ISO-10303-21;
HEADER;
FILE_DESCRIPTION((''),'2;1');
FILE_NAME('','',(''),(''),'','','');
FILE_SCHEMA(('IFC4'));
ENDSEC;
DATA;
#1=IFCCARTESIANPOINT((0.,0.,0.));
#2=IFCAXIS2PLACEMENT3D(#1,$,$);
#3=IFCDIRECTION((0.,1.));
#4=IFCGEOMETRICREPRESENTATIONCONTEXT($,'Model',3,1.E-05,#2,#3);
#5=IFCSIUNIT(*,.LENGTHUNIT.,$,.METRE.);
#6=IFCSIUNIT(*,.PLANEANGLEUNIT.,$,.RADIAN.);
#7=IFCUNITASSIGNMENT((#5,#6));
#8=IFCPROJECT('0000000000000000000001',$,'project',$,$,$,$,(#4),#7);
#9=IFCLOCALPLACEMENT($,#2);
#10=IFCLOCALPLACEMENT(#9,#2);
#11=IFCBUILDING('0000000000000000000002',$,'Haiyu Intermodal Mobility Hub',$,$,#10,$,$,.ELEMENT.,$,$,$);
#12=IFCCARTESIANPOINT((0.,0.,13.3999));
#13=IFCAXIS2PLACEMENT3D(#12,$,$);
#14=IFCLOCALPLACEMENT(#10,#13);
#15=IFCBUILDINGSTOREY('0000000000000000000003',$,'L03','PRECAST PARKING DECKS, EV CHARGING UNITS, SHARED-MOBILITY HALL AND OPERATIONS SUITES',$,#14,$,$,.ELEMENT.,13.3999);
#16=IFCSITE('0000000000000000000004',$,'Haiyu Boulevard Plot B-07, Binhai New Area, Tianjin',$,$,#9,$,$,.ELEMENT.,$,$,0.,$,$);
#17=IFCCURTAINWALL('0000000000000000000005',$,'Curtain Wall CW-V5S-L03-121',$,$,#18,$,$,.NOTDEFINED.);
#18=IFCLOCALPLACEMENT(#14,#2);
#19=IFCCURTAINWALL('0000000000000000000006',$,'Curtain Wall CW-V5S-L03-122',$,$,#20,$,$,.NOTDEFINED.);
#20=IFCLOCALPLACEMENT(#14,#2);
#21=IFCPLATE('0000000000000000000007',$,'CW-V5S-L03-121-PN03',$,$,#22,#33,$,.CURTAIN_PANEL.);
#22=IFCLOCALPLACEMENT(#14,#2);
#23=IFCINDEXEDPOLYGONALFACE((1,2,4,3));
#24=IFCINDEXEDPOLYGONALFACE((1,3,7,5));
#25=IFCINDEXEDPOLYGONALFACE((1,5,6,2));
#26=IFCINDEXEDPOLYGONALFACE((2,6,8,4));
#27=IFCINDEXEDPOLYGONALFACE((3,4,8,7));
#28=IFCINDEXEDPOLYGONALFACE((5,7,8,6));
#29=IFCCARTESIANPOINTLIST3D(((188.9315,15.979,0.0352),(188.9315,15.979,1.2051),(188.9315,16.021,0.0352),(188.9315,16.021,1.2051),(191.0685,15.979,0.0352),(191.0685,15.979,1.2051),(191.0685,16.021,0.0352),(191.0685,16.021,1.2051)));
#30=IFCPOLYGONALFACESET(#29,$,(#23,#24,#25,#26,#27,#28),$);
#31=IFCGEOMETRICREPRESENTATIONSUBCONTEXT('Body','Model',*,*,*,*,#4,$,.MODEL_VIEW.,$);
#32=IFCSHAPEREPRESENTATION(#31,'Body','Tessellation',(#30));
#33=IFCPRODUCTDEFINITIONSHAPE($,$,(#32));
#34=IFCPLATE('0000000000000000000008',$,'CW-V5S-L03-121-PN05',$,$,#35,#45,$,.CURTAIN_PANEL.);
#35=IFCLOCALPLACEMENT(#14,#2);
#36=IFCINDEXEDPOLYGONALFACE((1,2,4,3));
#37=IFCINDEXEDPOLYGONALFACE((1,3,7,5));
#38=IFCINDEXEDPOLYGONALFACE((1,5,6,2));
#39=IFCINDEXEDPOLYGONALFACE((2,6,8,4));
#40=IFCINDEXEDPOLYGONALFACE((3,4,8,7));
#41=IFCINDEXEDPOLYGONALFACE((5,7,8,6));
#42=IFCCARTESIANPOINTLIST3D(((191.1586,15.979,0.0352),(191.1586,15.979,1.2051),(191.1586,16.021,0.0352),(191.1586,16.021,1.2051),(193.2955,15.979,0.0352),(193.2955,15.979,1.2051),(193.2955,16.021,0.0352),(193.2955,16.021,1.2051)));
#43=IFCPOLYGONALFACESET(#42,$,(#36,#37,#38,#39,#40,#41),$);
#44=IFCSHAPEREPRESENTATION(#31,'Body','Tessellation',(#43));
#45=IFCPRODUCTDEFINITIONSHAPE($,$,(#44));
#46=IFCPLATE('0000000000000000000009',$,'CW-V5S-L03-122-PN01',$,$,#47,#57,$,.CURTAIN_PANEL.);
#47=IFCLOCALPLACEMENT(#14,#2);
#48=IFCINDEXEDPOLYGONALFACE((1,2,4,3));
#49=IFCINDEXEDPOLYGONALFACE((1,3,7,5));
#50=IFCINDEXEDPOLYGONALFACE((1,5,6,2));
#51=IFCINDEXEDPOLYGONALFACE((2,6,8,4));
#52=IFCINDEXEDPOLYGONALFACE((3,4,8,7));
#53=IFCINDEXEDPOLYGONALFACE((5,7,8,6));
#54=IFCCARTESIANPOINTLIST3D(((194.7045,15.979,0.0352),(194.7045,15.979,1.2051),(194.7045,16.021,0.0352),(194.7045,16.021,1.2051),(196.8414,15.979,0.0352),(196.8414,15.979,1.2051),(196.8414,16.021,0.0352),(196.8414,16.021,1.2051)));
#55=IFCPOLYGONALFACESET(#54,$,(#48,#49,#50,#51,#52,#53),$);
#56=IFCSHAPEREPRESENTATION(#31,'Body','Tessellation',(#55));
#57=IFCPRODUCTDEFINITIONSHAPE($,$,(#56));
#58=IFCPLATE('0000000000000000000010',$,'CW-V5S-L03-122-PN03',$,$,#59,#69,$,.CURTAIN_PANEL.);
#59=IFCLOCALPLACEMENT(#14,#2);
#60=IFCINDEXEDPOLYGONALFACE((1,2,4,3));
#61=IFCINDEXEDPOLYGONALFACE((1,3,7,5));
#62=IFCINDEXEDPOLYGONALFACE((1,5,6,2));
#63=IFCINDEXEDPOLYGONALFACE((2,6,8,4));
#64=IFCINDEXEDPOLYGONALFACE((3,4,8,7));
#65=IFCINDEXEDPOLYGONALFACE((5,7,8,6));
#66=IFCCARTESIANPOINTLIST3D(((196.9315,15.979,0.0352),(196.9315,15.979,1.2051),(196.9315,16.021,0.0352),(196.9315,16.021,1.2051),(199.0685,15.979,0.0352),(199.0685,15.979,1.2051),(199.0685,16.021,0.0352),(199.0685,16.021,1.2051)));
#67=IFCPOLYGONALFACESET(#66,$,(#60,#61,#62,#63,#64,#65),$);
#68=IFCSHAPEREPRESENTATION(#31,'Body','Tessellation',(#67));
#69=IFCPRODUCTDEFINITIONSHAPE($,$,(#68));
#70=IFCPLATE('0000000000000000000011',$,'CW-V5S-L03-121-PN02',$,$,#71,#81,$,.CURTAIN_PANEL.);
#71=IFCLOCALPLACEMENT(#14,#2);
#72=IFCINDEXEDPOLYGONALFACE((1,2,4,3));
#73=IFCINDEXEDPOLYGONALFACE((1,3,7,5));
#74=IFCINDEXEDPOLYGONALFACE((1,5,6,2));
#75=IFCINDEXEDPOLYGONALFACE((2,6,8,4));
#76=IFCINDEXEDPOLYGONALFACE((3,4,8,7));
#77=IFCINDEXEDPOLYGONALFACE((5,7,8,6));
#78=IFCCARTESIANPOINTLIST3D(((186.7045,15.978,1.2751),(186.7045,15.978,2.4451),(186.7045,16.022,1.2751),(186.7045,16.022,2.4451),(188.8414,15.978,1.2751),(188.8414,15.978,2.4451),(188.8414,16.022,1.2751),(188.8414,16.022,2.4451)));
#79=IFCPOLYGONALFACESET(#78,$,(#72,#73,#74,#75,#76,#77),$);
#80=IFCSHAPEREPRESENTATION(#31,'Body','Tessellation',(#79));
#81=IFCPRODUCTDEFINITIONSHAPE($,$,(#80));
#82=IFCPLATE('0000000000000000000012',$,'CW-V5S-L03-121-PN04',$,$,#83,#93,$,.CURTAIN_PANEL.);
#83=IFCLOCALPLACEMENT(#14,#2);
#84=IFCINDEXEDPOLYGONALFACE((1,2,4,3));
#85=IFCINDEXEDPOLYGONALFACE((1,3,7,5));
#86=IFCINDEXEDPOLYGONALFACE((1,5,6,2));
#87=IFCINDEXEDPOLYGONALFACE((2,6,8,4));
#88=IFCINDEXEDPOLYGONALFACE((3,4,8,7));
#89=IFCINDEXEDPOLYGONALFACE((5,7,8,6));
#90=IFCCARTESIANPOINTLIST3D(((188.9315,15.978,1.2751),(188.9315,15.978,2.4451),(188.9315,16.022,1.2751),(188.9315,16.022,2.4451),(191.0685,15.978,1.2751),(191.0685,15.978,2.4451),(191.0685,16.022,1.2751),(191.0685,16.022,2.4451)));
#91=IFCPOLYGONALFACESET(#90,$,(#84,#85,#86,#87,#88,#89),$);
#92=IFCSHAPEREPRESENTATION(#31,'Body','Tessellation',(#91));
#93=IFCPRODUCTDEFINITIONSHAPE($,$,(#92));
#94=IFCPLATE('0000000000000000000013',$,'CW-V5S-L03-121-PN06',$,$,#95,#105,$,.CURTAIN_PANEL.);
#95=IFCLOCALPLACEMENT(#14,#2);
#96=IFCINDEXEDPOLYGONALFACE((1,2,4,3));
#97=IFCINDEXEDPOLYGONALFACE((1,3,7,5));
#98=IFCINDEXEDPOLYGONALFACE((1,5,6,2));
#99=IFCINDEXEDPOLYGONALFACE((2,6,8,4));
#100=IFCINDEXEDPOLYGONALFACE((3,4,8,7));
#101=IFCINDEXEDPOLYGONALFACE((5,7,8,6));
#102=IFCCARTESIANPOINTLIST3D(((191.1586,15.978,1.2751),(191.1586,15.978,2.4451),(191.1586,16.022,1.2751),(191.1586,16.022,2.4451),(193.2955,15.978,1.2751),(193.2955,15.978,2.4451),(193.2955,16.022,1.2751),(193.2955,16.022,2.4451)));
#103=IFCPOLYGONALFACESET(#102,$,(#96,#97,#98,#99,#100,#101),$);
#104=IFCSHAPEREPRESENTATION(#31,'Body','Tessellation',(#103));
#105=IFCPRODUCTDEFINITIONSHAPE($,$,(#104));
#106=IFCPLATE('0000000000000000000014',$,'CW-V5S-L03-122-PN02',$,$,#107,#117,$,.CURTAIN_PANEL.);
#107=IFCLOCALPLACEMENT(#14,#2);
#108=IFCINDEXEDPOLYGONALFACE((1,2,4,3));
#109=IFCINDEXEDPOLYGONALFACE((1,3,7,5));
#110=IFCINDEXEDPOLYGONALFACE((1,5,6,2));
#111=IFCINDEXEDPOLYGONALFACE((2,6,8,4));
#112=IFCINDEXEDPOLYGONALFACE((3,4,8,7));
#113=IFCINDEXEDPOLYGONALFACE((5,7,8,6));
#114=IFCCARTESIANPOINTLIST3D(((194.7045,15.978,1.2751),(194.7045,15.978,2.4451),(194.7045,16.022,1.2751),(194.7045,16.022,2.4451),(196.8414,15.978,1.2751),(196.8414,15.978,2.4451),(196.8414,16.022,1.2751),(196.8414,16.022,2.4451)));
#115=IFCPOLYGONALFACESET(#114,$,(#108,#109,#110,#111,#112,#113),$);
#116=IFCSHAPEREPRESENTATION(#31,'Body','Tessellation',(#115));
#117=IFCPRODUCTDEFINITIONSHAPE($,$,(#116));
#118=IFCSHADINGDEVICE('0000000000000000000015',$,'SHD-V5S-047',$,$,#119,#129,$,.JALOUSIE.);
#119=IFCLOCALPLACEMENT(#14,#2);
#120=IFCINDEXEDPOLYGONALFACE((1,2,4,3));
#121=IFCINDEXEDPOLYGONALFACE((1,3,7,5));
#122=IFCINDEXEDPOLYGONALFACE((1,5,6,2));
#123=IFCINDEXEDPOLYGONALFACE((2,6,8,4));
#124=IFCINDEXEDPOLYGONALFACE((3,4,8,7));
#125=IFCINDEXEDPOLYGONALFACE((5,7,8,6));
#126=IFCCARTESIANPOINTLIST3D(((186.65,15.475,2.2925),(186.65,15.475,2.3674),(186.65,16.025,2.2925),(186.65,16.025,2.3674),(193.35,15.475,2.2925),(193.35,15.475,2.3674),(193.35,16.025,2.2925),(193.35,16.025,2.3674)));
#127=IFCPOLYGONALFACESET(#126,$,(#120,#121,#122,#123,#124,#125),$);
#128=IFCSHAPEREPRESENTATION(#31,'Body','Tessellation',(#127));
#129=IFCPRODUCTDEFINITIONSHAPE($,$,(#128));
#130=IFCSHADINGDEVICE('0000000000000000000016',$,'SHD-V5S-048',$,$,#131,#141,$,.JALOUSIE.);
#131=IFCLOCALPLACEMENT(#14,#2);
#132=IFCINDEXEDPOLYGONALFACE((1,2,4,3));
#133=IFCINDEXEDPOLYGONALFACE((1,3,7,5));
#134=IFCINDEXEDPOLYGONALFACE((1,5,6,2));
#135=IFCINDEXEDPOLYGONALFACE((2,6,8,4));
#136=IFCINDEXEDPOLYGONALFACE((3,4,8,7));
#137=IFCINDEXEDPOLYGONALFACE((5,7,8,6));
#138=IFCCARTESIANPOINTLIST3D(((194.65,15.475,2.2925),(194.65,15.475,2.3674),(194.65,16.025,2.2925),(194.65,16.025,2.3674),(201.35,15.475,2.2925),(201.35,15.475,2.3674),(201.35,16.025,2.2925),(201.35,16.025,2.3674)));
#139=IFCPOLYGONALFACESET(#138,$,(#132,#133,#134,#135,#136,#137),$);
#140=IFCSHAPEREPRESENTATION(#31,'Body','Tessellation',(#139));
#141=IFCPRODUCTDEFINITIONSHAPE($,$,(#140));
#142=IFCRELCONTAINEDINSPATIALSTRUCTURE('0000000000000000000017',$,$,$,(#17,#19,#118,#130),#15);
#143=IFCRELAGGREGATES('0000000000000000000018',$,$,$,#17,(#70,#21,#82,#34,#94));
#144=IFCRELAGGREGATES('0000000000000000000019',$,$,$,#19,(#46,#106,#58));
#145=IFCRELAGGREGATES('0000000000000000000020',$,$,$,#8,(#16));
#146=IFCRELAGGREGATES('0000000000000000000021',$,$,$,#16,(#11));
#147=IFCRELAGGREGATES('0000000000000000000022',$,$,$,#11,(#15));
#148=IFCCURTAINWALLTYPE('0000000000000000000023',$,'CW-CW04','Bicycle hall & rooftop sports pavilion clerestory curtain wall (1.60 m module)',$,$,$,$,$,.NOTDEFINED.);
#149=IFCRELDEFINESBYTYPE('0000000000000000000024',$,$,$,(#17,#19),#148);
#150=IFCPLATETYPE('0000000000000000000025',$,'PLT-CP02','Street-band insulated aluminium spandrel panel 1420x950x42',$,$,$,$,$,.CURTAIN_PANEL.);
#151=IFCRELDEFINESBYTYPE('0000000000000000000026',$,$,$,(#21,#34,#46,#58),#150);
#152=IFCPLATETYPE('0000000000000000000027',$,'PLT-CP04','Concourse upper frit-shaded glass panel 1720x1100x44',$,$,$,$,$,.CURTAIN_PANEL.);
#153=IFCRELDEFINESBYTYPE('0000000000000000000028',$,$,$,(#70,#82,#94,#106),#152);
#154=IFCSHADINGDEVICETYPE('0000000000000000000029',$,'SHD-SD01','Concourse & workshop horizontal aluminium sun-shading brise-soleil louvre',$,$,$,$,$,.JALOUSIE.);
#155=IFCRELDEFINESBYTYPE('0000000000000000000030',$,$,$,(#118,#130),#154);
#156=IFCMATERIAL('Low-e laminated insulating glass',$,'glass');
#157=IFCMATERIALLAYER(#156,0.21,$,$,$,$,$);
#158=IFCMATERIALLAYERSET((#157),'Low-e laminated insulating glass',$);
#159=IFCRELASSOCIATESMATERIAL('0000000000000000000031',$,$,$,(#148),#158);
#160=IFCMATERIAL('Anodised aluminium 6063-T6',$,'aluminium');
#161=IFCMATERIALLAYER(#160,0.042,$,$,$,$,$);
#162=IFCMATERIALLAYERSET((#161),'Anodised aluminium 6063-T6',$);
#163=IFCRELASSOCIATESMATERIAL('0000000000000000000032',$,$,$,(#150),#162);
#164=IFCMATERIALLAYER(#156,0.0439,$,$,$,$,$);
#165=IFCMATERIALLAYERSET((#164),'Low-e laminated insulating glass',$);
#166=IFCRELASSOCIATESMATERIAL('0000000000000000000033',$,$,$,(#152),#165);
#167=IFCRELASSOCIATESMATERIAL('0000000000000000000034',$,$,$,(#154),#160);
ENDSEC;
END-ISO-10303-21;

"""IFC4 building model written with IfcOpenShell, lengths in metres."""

from ifc_helpers import new_model, si_unit, direction, frame, origin, origin_2d, place, context, subcontext, project, spatial, rectangle, extrude, material, layer, layer_set, material_profile, profile_set, type_object, element, aggregate, save


model = new_model("IFC4")

# Units and contexts
model_context = context("Model", 3, precision=1e-05, world=origin(), true_north=direction((0.0, 1.0)))
body_context = subcontext(model_context, "Body", "Model", "MODEL_VIEW")
ifc_project = project(units=[si_unit("LENGTHUNIT", "METRE"), si_unit("PLANEANGLEUNIT", "RADIAN")], contexts=[model_context])

# Site, building, storey
site_placement = place(None, origin())
site = spatial("IfcSite", under=ifc_project, at=site_placement, Name="Haiyu Boulevard Plot B-07, Binhai New Area, Tianjin", CompositionType="ELEMENT", RefElevation=0.0)
building_placement = place(site_placement, origin())
building = spatial("IfcBuilding", under=site, at=building_placement, Name="Haiyu Intermodal Mobility Hub", CompositionType="ELEMENT")
storey_placement = place(building_placement, frame((0.0, 0.0, 13.3999)))
storey = spatial("IfcBuildingStorey", under=building, at=storey_placement, Name="L03", Description="PRECAST PARKING DECKS, EV CHARGING UNITS, SHARED-MOBILITY HALL AND OPERATIONS SUITES", CompositionType="ELEMENT", Elevation=13.3999)

# Curtain walls
ifc_material_1 = material(Name="Low-e laminated insulating glass", Category="glass")
ifc_layer_1 = layer(ifc_material_1, 0.21)
ifc_layer_set_1 = layer_set([ifc_layer_1], Name="Low-e laminated insulating glass")
curtain_wall_type = type_object("IfcCurtainWallType", Name="CW-CW04", Description="Bicycle hall & rooftop sports pavilion clerestory curtain wall (1.60 m module)", PredefinedType="NOTDEFINED", material=ifc_layer_set_1)
curtain_wall_1_placement = place(storey_placement, origin())
curtain_wall_1 = element("IfcCurtainWall", 1, at=curtain_wall_1_placement, inside=storey, type_object=curtain_wall_type, Name="Curtain Wall CW-V5S-L03-121", PredefinedType="NOTDEFINED")
ifc_material_2 = material(Name="Anodised aluminium 6063-T6", Category="aluminium")
curtain_wall_2_placement = place(storey_placement, origin())
curtain_wall_2 = element("IfcCurtainWall", 2, at=curtain_wall_2_placement, inside=storey, type_object=curtain_wall_type, Name="Curtain Wall CW-V5S-L03-122", PredefinedType="NOTDEFINED")

# Plates
ifc_layer_2 = layer(ifc_material_2, 0.042)
ifc_layer_set_2 = layer_set([ifc_layer_2], Name="Anodised aluminium 6063-T6")
plate_type_1 = type_object("IfcPlateType", Name="PLT-CP02", Description="Street-band insulated aluminium spandrel panel 1420x950x42", PredefinedType="CURTAIN_PANEL", material=ifc_layer_set_2)
plate_1_placement = place(storey_placement, frame((190.0, 16.0, 0.0352), z_axis=(0.0, 0.0, 1.0), x_axis=(1.0, 0.0, 0.0)))
plate_1 = element("IfcPlate", 3, at=plate_1_placement, type_object=plate_type_1, Name="CW-V5S-L03-121-PN03", PredefinedType="CURTAIN_PANEL", context=body_context, shape_type="SweptSolid", body=[
    extrude(rectangle(XDim=2.137, YDim=0.042, at=origin_2d()), origin(), (0.0, 0.0, 1.0), 1.1699),
])
plate_2_placement = place(storey_placement, frame((192.2271, 16.0, 0.0352), z_axis=(0.0, 0.0, 1.0), x_axis=(1.0, 0.0, 0.0)))
plate_2 = element("IfcPlate", 4, at=plate_2_placement, type_object=plate_type_1, Name="CW-V5S-L03-121-PN05", PredefinedType="CURTAIN_PANEL", context=body_context, shape_type="SweptSolid", body=[
    extrude(rectangle(XDim=2.137, YDim=0.042, at=origin_2d()), origin(), (0.0, 0.0, 1.0), 1.1699),
])
plate_3_placement = place(storey_placement, frame((195.7729, 16.0, 0.0352), z_axis=(0.0, 0.0, 1.0), x_axis=(1.0, 0.0, 0.0)))
plate_3 = element("IfcPlate", 5, at=plate_3_placement, type_object=plate_type_1, Name="CW-V5S-L03-122-PN01", PredefinedType="CURTAIN_PANEL", context=body_context, shape_type="SweptSolid", body=[
    extrude(rectangle(XDim=2.137, YDim=0.042, at=origin_2d()), origin(), (0.0, 0.0, 1.0), 1.1699),
])
plate_4_placement = place(storey_placement, frame((198.0, 16.0, 0.0352), z_axis=(0.0, 0.0, 1.0), x_axis=(1.0, 0.0, 0.0)))
plate_4 = element("IfcPlate", 6, at=plate_4_placement, type_object=plate_type_1, Name="CW-V5S-L03-122-PN03", PredefinedType="CURTAIN_PANEL", context=body_context, shape_type="SweptSolid", body=[
    extrude(rectangle(XDim=2.137, YDim=0.042, at=origin_2d()), origin(), (0.0, 0.0, 1.0), 1.1699),
])
ifc_layer_3 = layer(ifc_material_1, 0.0439)
ifc_layer_set_3 = layer_set([ifc_layer_3], Name="Low-e laminated insulating glass")
plate_type_2 = type_object("IfcPlateType", Name="PLT-CP04", Description="Concourse upper frit-shaded glass panel 1720x1100x44", PredefinedType="CURTAIN_PANEL", material=ifc_layer_set_3)
plate_5_placement = place(storey_placement, frame((187.7729, 16.0, 1.2751), z_axis=(0.0, 0.0, 1.0), x_axis=(1.0, 0.0, 0.0)))
plate_5 = element("IfcPlate", 7, at=plate_5_placement, type_object=plate_type_2, Name="CW-V5S-L03-121-PN02", PredefinedType="CURTAIN_PANEL", context=body_context, shape_type="SweptSolid", body=[
    extrude(rectangle(XDim=2.137, YDim=0.0439, at=origin_2d()), origin(), (0.0, 0.0, 1.0), 1.1699),
])
plate_6_placement = place(storey_placement, frame((190.0, 16.0, 1.2751), z_axis=(0.0, 0.0, 1.0), x_axis=(1.0, 0.0, 0.0)))
plate_6 = element("IfcPlate", 8, at=plate_6_placement, type_object=plate_type_2, Name="CW-V5S-L03-121-PN04", PredefinedType="CURTAIN_PANEL", context=body_context, shape_type="SweptSolid", body=[
    extrude(rectangle(XDim=2.137, YDim=0.0439, at=origin_2d()), origin(), (0.0, 0.0, 1.0), 1.1699),
])
plate_7_placement = place(storey_placement, frame((192.2271, 16.0, 1.2751), z_axis=(0.0, 0.0, 1.0), x_axis=(1.0, 0.0, 0.0)))
plate_7 = element("IfcPlate", 9, at=plate_7_placement, type_object=plate_type_2, Name="CW-V5S-L03-121-PN06", PredefinedType="CURTAIN_PANEL", context=body_context, shape_type="SweptSolid", body=[
    extrude(rectangle(XDim=2.137, YDim=0.0439, at=origin_2d()), origin(), (0.0, 0.0, 1.0), 1.1699),
])
aggregate(curtain_wall_1, [plate_5, plate_1, plate_6, plate_2, plate_7])
plate_8_placement = place(storey_placement, frame((195.7729, 16.0, 1.2751), z_axis=(0.0, 0.0, 1.0), x_axis=(1.0, 0.0, 0.0)))
plate_8 = element("IfcPlate", 10, at=plate_8_placement, type_object=plate_type_2, Name="CW-V5S-L03-122-PN02", PredefinedType="CURTAIN_PANEL", context=body_context, shape_type="SweptSolid", body=[
    extrude(rectangle(XDim=2.137, YDim=0.0439, at=origin_2d()), origin(), (0.0, 0.0, 1.0), 1.1699),
])
aggregate(curtain_wall_2, [plate_3, plate_8, plate_4])

# Shading devices
ifc_material_profile_1 = material_profile(ifc_material_2, rectangle(XDim=0.0801, YDim=0.45, at=origin_2d()), Name="FIN80x450")
ifc_profile_set_1 = profile_set([ifc_material_profile_1], Name="Anodised aluminium 6063-T6")
shading_device_type = type_object("IfcShadingDeviceType", Name="SHD-SD01", Description="Concourse & workshop horizontal aluminium sun-shading brise-soleil louvre", PredefinedType="JALOUSIE", material=ifc_profile_set_1)
for number, where, z_axis, x_axis, name in (
    (11, (190.0, 15.75, 2.2925), (0.0, 0.0, 1.0), (1.0, 0.0, 0.0), "SHD-V5S-047"),
    (12, (198.0, 15.75, 2.2925), (0.0, 0.0, 1.0), (1.0, 0.0, 0.0), "SHD-V5S-048"),
):
    element("IfcShadingDevice", number, at=place(storey_placement, frame(where, z_axis=z_axis, x_axis=x_axis)), inside=storey, type_object=shading_device_type, Name=name, PredefinedType="JALOUSIE", context=body_context, shape_type="SweptSolid", body=[
        extrude(rectangle(XDim=6.7, YDim=0.55, at=origin_2d()), origin(), (0.0, 0.0, 1.0), 0.075),
    ])

save(model, "model.ifc")
